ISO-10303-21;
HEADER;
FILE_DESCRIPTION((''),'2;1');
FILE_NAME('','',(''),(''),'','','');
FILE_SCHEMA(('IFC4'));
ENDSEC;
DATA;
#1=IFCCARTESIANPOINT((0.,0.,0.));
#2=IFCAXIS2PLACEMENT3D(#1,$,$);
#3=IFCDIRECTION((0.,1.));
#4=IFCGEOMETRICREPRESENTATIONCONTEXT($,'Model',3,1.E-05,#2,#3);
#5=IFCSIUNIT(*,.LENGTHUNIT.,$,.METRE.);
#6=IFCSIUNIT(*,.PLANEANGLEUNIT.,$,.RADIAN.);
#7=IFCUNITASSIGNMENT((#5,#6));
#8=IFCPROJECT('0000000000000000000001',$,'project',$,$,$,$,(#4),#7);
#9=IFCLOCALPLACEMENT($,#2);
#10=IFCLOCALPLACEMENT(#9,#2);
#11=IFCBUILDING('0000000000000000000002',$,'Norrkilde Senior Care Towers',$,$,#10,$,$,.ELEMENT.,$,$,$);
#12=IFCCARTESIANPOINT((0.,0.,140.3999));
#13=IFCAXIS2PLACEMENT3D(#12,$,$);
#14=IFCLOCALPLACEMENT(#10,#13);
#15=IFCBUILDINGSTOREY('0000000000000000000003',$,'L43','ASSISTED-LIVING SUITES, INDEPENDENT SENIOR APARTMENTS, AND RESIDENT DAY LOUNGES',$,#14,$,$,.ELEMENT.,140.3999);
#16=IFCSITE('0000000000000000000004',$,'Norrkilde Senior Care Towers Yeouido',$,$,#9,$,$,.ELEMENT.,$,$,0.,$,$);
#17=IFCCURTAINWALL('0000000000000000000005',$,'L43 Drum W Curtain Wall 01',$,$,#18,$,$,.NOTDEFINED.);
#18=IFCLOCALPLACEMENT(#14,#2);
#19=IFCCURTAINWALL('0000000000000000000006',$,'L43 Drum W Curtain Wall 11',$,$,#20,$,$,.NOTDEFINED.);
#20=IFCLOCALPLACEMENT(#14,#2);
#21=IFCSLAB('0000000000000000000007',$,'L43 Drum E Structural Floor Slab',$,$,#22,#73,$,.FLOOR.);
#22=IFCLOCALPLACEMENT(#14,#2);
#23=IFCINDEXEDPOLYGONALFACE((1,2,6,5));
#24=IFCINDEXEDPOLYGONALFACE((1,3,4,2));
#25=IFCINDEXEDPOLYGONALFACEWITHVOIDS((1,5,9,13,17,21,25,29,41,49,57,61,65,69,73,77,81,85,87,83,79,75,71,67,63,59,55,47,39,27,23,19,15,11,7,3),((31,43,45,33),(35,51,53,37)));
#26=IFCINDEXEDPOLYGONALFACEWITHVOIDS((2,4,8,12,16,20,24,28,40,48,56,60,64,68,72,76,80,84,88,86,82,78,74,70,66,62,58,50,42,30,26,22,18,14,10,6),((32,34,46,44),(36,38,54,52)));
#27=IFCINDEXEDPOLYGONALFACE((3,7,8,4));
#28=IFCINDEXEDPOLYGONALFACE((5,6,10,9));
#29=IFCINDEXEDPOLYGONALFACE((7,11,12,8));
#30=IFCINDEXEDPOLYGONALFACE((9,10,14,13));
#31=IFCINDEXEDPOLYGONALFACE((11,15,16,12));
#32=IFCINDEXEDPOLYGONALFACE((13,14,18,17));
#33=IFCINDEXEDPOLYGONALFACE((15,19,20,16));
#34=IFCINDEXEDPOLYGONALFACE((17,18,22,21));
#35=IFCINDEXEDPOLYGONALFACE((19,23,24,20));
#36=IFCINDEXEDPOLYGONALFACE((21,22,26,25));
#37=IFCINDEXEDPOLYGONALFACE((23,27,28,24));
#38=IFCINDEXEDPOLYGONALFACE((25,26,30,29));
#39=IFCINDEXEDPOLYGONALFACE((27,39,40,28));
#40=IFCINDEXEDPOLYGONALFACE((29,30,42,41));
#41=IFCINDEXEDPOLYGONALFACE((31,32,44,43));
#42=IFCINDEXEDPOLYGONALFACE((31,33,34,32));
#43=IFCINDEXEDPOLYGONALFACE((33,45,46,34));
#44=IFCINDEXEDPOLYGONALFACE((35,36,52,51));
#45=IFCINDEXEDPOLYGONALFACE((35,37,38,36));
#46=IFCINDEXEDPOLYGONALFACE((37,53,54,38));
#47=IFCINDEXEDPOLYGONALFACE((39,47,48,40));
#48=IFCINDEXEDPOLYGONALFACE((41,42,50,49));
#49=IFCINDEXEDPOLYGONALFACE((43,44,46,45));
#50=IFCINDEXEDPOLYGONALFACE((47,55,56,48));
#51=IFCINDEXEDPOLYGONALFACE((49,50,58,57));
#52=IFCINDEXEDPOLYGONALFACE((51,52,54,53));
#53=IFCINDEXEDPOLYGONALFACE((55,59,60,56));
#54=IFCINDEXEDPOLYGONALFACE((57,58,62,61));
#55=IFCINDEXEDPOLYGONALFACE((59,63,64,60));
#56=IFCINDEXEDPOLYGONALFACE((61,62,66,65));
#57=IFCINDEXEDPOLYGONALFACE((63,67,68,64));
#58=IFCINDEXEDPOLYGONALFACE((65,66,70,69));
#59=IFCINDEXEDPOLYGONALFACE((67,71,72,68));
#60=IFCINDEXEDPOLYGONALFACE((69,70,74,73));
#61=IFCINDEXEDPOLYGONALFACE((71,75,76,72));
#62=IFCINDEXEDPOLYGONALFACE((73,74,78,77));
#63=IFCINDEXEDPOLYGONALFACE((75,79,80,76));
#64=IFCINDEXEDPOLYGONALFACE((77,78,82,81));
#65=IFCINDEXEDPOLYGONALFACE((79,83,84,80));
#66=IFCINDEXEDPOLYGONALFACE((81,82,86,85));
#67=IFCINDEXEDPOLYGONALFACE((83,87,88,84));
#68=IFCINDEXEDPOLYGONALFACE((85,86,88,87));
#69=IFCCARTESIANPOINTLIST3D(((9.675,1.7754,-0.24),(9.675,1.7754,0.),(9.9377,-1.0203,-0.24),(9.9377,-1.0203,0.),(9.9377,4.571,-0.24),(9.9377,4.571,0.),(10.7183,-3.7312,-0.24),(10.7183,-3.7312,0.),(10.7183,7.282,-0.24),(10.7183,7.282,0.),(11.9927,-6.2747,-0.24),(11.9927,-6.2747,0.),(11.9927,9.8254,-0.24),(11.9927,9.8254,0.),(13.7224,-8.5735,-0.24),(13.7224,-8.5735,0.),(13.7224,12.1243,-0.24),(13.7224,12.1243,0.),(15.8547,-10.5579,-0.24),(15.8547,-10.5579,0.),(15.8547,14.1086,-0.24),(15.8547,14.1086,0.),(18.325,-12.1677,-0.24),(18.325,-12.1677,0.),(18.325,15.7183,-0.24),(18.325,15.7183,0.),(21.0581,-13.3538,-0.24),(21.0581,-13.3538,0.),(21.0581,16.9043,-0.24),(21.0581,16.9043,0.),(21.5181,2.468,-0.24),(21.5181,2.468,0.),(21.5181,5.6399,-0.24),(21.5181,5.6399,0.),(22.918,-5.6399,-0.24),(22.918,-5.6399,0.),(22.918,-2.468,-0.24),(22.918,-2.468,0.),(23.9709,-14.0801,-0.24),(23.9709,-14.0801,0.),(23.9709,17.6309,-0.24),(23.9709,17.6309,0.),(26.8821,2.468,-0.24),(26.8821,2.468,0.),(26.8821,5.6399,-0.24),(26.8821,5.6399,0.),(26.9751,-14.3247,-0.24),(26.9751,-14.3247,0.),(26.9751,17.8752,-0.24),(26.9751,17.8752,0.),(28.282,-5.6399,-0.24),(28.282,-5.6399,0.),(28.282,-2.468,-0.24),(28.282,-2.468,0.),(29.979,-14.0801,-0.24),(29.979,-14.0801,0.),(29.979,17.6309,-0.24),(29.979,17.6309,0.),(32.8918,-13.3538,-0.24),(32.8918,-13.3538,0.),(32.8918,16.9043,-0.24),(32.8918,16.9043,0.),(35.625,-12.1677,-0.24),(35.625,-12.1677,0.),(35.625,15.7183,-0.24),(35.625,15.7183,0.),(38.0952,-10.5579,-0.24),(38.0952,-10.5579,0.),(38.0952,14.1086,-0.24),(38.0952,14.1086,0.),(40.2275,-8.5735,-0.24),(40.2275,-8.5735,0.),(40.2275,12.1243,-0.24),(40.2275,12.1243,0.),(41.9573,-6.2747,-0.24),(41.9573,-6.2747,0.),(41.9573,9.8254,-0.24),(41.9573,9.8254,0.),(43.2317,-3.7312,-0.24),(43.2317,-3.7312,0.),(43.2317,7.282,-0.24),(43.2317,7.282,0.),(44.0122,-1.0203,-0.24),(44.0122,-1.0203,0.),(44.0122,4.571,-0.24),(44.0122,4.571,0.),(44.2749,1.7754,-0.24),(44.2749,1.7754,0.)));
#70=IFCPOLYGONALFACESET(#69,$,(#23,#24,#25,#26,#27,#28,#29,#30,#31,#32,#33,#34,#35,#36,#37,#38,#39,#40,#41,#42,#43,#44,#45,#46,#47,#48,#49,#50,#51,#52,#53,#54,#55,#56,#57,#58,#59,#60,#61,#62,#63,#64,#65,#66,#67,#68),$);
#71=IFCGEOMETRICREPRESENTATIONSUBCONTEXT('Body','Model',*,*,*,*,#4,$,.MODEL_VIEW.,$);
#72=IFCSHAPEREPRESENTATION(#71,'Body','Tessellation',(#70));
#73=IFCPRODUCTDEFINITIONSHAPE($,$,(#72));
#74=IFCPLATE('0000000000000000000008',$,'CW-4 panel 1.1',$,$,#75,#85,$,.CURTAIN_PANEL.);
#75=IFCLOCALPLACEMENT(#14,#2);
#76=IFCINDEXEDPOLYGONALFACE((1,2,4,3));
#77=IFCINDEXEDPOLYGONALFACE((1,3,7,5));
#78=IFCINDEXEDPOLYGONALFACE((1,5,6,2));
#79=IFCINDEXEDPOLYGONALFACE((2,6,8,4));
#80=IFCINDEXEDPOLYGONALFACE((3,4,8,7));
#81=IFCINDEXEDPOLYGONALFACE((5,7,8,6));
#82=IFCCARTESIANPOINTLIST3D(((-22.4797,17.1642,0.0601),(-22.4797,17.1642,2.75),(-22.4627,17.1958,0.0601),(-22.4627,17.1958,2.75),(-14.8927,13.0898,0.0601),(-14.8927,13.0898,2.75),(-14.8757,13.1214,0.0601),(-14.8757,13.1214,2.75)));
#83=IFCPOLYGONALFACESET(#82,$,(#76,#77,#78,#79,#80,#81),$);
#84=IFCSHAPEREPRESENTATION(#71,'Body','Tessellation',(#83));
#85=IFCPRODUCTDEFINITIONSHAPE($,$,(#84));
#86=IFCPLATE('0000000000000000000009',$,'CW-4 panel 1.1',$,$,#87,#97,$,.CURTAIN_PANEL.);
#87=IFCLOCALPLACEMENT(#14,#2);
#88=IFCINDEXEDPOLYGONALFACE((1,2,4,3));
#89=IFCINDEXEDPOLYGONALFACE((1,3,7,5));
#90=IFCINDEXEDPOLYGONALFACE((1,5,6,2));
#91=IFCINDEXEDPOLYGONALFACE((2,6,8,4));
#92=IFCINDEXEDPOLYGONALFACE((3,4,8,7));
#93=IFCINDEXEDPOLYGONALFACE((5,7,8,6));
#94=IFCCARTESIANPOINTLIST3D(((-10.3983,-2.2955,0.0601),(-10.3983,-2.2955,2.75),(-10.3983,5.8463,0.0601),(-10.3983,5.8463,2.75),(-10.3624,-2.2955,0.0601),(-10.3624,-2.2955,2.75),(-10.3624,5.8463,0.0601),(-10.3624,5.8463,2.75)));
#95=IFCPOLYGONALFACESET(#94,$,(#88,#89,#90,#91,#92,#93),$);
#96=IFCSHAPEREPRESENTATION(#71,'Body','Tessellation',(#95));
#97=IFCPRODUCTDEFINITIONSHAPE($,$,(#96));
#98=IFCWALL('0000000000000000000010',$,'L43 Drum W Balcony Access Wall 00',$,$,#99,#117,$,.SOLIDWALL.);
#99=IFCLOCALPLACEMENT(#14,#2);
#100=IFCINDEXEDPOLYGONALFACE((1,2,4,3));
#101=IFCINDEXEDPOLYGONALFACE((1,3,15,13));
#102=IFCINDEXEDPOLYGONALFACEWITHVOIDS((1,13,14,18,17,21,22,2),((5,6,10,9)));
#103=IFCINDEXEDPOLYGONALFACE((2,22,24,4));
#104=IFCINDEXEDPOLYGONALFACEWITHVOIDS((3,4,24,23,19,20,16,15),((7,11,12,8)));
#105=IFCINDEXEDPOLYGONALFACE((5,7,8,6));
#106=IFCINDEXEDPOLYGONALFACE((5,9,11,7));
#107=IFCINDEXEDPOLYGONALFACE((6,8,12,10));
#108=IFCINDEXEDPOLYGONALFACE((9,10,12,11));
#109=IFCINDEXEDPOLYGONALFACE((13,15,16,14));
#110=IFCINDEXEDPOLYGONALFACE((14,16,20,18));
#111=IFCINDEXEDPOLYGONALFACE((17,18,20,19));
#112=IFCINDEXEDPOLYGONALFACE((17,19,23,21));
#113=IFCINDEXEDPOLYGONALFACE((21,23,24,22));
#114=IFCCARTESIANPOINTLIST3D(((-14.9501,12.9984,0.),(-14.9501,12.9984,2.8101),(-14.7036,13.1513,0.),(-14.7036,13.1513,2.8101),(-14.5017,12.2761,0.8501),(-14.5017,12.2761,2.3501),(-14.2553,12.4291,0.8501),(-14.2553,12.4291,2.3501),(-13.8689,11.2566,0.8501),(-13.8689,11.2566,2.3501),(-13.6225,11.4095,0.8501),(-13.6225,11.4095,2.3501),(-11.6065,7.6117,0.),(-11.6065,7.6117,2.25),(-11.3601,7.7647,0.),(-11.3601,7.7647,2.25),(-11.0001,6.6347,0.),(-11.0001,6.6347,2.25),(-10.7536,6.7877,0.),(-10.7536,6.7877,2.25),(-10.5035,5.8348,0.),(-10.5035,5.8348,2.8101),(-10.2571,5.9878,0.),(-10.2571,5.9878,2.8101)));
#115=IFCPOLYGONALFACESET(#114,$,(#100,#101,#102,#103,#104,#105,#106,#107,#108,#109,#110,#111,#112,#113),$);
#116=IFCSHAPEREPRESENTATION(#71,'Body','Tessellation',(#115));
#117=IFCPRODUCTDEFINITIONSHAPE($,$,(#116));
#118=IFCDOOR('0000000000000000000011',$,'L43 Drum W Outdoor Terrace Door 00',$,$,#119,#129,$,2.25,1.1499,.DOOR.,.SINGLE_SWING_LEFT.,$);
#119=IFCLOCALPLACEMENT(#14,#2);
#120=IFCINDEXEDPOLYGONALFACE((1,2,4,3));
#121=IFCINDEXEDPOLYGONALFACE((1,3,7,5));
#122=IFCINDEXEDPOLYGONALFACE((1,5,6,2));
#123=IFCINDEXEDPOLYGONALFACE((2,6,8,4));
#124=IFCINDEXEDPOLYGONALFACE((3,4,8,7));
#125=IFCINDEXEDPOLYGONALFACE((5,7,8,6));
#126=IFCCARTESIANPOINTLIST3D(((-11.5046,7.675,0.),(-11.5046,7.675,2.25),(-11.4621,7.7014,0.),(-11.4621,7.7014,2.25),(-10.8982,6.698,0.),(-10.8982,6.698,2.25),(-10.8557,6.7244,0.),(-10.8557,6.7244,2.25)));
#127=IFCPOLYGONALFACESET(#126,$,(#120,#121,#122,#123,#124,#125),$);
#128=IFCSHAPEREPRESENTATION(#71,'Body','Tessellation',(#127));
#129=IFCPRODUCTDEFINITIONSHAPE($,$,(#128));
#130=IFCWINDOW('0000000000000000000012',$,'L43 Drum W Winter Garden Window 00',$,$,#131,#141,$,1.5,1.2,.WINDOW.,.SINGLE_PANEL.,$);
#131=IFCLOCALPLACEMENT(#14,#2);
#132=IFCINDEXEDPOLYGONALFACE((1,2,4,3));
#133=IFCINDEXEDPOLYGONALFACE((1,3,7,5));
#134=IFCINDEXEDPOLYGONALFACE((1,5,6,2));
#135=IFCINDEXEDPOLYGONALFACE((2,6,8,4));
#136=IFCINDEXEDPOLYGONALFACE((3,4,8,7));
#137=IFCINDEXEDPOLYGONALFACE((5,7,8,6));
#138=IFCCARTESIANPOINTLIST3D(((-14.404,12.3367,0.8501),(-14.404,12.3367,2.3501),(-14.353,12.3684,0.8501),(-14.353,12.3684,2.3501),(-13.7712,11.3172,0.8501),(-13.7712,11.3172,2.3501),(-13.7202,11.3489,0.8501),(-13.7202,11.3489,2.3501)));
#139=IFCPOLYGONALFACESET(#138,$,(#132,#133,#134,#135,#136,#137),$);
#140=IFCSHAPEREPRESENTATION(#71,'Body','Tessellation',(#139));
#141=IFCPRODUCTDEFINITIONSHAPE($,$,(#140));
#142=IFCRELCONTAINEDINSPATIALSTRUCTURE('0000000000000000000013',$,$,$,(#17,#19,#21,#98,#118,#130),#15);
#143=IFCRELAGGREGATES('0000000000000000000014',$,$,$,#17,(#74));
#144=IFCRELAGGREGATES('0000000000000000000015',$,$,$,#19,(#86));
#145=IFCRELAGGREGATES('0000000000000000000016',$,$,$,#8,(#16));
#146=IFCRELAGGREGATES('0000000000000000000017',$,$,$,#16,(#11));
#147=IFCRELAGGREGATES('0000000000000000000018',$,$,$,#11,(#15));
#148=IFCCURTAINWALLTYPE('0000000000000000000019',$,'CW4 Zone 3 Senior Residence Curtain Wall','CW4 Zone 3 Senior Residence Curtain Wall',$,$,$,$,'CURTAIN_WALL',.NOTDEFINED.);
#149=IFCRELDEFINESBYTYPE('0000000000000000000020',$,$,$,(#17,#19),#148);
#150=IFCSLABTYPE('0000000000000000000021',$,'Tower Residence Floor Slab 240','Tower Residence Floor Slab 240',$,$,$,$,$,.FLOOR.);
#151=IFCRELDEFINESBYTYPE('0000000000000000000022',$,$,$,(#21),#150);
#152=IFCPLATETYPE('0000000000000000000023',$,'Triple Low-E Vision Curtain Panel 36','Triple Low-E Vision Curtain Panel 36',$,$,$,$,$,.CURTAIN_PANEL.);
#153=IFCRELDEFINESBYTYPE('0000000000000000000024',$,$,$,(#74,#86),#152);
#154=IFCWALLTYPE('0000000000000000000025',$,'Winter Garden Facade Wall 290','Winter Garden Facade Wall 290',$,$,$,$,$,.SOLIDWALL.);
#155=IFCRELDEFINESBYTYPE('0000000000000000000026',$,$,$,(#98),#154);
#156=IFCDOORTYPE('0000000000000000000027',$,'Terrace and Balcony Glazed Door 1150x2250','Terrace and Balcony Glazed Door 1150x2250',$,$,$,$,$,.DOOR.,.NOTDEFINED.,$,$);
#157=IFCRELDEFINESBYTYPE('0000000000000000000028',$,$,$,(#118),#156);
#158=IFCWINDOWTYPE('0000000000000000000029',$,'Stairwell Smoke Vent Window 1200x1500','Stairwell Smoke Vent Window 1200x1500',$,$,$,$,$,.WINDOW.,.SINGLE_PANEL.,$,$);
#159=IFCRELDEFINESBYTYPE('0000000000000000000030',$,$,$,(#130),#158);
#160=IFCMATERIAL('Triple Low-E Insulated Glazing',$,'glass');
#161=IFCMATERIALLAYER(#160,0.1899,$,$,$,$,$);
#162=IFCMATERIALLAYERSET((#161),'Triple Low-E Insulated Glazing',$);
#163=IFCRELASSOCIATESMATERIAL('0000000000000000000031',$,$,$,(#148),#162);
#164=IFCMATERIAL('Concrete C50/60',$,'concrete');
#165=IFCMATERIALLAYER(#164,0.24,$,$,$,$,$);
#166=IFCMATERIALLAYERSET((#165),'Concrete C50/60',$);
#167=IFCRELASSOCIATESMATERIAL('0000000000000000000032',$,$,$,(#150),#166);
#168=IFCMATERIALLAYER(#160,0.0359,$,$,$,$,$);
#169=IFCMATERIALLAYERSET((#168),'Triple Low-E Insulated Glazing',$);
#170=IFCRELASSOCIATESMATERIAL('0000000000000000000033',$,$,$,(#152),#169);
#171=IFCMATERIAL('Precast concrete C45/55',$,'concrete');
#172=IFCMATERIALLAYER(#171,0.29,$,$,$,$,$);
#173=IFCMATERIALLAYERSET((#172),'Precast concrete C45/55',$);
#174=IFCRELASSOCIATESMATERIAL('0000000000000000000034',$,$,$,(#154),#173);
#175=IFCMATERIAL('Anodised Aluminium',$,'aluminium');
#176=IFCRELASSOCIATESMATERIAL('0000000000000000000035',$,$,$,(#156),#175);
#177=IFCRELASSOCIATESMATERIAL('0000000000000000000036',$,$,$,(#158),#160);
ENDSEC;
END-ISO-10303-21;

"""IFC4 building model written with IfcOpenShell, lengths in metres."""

from ifc_helpers import new_model, si_unit, direction, frame, frame_2d, origin, origin_2d, place, context, subcontext, project, spatial, polyline, rectangle, outline, extrude, source, transform, mapped, material, layer, layer_set, type_object, type_shapes, element, fill, aggregate, save


model = new_model("IFC4")

# Units and contexts
model_context = context("Model", 3, precision=1e-05, world=origin(), true_north=direction((0.0, 1.0)))
body_context = subcontext(model_context, "Body", "Model", "MODEL_VIEW")
ifc_project = project(units=[si_unit("LENGTHUNIT", "METRE"), si_unit("PLANEANGLEUNIT", "RADIAN")], contexts=[model_context])

# Site, building, storey
site_placement = place(None, origin())
site = spatial("IfcSite", under=ifc_project, at=site_placement, Name="Norrkilde Senior Care Towers Yeouido", CompositionType="ELEMENT", RefElevation=0.0)
building_placement = place(site_placement, origin())
building = spatial("IfcBuilding", under=site, at=building_placement, Name="Norrkilde Senior Care Towers", CompositionType="ELEMENT")
storey_placement = place(building_placement, frame((0.0, 0.0, 140.3999)))
storey = spatial("IfcBuildingStorey", under=building, at=storey_placement, Name="L43", Description="ASSISTED-LIVING SUITES, INDEPENDENT SENIOR APARTMENTS, AND RESIDENT DAY LOUNGES", CompositionType="ELEMENT", Elevation=140.3999)

# Shared definitions
ifc_material_1 = material(Name="Concrete C50/60", Category="concrete")

# Curtain wall
ifc_material_2 = material(Name="Triple Low-E Insulated Glazing", Category="glass")
ifc_layer_1 = layer(ifc_material_2, 0.1899)
ifc_layer_set_1 = layer_set([ifc_layer_1], Name="Triple Low-E Insulated Glazing")
curtain_wall_type = type_object("IfcCurtainWallType", Name="CW4 Zone 3 Senior Residence Curtain Wall", Description="CW4 Zone 3 Senior Residence Curtain Wall", ElementType="CURTAIN_WALL", PredefinedType="NOTDEFINED", material=ifc_layer_set_1)
curtain_wall_1_placement = place(storey_placement, origin())
curtain_wall_1 = element("IfcCurtainWall", 1, at=curtain_wall_1_placement, inside=storey, type_object=curtain_wall_type, Name="L43 Drum W Curtain Wall 01", PredefinedType="NOTDEFINED")
ifc_material_3 = material(Name="Anodised Aluminium", Category="aluminium")

# Curtain wall
curtain_wall_2_placement = place(storey_placement, origin())
curtain_wall_2 = element("IfcCurtainWall", 2, at=curtain_wall_2_placement, inside=storey, type_object=curtain_wall_type, Name="L43 Drum W Curtain Wall 11", PredefinedType="NOTDEFINED")

# Slab
ifc_layer_2 = layer(ifc_material_1, 0.24)
ifc_layer_set_2 = layer_set([ifc_layer_2], Name="Concrete C50/60")
slab_type_1 = type_object("IfcSlabType", Name="Tower Residence Floor Slab 240", Description="Tower Residence Floor Slab 240", PredefinedType="FLOOR", material=ifc_layer_set_2)
slab_1_placement = place(storey_placement, frame((0.0, 0.0, -0.24)))
element("IfcSlab", 3, at=slab_1_placement, inside=storey, type_object=slab_type_1, Name="L43 Drum E Structural Floor Slab", PredefinedType="FLOOR", context=body_context, shape_type="SweptSolid", body=[
    extrude(outline(polyline([(43.2317, -3.7312), (41.9573, -6.2747), (40.2275, -8.5735), (38.0952, -10.5579), (35.625, -12.1677), (32.8918, -13.3538), (29.979, -14.0801), (26.9751, -14.3247), (23.9709, -14.0801), (21.0581, -13.3538), (18.325, -12.1677), (15.8547, -10.5579), (13.7224, -8.5735), (11.9927, -6.2747), (10.7183, -3.7312), (9.9377, -1.0203), (9.675, 1.7754), (9.9377, 4.571), (10.7183, 7.282), (11.9927, 9.8254), (13.7224, 12.1243), (15.8547, 14.1086), (18.325, 15.7183), (21.0581, 16.9043), (23.9709, 17.6309), (26.9751, 17.8752), (29.979, 17.6309), (32.8918, 16.9043), (35.625, 15.7183), (38.0952, 14.1086), (40.2275, 12.1243), (41.9573, 9.8254), (43.2317, 7.282), (44.0122, 4.571), (44.2749, 1.7754), (44.0122, -1.0203), (43.2317, -3.7312)]), holes=[polyline([(21.5181, 2.468), (26.8821, 2.468), (26.8821, 5.6399), (21.5181, 5.6399), (21.5181, 2.468)]), polyline([(28.282, -5.6399), (28.282, -2.468), (22.918, -2.468), (22.918, -5.6399), (28.282, -5.6399)])]), origin(), (0.0, 0.0, 1.0), 0.24),
])

# Plates
ifc_layer_3 = layer(ifc_material_2, 0.0359)
ifc_layer_set_3 = layer_set([ifc_layer_3], Name="Triple Low-E Insulated Glazing")
plate_type = type_object("IfcPlateType", Name="Triple Low-E Vision Curtain Panel 36", Description="Triple Low-E Vision Curtain Panel 36", PredefinedType="CURTAIN_PANEL", material=ifc_layer_set_3)
shared_shape_1 = source(origin(), body_context, "Body", "SweptSolid", [
    extrude(rectangle(XDim=8.6118, YDim=0.0359, at=origin_2d()), origin(), (0.0, 0.0, 1.0), 2.6899),
])
plate_1_placement = place(storey_placement, frame((-18.6777, 15.1428, 0.0601), z_axis=(0.0, 0.0, 1.0), x_axis=(0.881, -0.473117, 0.0)))
plate_1 = element("IfcPlate", 4, at=plate_1_placement, type_object=plate_type, Name="CW-4 panel 1.1", PredefinedType="CURTAIN_PANEL", context=body_context, shape_type="MappedRepresentation", body=[
    mapped(shared_shape_1, transform((0.0, 0.0, 0.0), x_axis=(1.0, 0.0, 0.0), y_axis=(0.0, 1.0, 0.0), z_axis=(0.0, 0.0, 1.0), scale=1.0)),
])
aggregate(curtain_wall_1, [plate_1])
shared_shape_2 = source(origin(), body_context, "Body", "SweptSolid", [
    extrude(rectangle(XDim=8.1418, YDim=0.0359, at=origin_2d()), origin(), (0.0, 0.0, 1.0), 2.6899),
])
type_shapes(plate_type, [shared_shape_1, shared_shape_2])
plate_2_placement = place(storey_placement, frame((-10.3804, 1.7754, 0.0601), z_axis=(0.0, 0.0, 1.0), x_axis=(0.0, -1.0, 0.0)))
plate_2 = element("IfcPlate", 5, at=plate_2_placement, type_object=plate_type, Name="CW-4 panel 1.1", PredefinedType="CURTAIN_PANEL", context=body_context, shape_type="MappedRepresentation", body=[
    mapped(shared_shape_2, transform((0.0, 0.0, 0.0), x_axis=(1.0, 0.0, 0.0), y_axis=(0.0, 1.0, 0.0), z_axis=(0.0, 0.0, 1.0), scale=1.0)),
])
aggregate(curtain_wall_2, [plate_2])

# Wall, openings, door, window
ifc_material_4 = material(Name="Precast concrete C45/55", Category="concrete")
ifc_layer_4 = layer(ifc_material_4, 0.29)
ifc_layer_set_4 = layer_set([ifc_layer_4], Name="Precast concrete C45/55")
wall_type_1 = type_object("IfcWallType", Name="Winter Garden Facade Wall 290", Description="Winter Garden Facade Wall 290", PredefinedType="SOLIDWALL", material=ifc_layer_set_4)
shared_shape_3 = source(origin(), body_context, "Body", "SweptSolid", [
    extrude(rectangle(XDim=8.4314, YDim=0.29, at=frame_2d((4.2158, 0.0))), origin(), (0.0, 0.0, 1.0), 2.8101),
])
type_shapes(wall_type_1, [shared_shape_3])
wall_1_placement = place(storey_placement, frame((-14.8269, 13.075, 0.0), z_axis=(0.0, 0.0, 1.0), x_axis=(0.527378, -0.849631, 0.0)))
wall_1 = element("IfcWall", 6, at=wall_1_placement, inside=storey, type_object=wall_type_1, Name="L43 Drum W Balcony Access Wall 00", PredefinedType="SOLIDWALL", context=body_context, shape_type="MappedRepresentation", body=[
    mapped(shared_shape_3, transform((0.0, 0.0, 0.0), x_axis=(1.0, 0.0, 0.0), y_axis=(0.0, 1.0, 0.0), z_axis=(0.0, 0.0, 1.0), scale=1.0)),
])
opening_1_placement = place(wall_1_placement, frame((6.3401, 0.0, 0.0)))
opening_1 = element("IfcOpeningElement", 7, at=opening_1_placement, cuts=wall_1, PredefinedType="OPENING", context=body_context, shape_type="SweptSolid", body=[
    extrude(rectangle(XDim=1.1499, YDim=2.25, at=frame_2d((0.575, 1.125))), frame((0.0, 0.155, 0.0), z_axis=(0.0, -1.0, 0.0), x_axis=(1.0, 0.0, 0.0)), (0.0, 0.0, 1.0), 0.3101),
])
opening_2_placement = place(wall_1_placement, frame((0.8501, 0.0, 0.8501)))
opening_2 = element("IfcOpeningElement", 8, at=opening_2_placement, cuts=wall_1, PredefinedType="OPENING", context=body_context, shape_type="SweptSolid", body=[
    extrude(rectangle(XDim=1.2, YDim=1.5, at=frame_2d((0.6001, 0.75))), frame((0.0, 0.155, 0.0), z_axis=(0.0, -1.0, 0.0), x_axis=(1.0, 0.0, 0.0)), (0.0, 0.0, 1.0), 0.3101),
])
door_type_1 = type_object("IfcDoorType", Name="Terrace and Balcony Glazed Door 1150x2250", Description="Terrace and Balcony Glazed Door 1150x2250", OperationType="NOTDEFINED", PredefinedType="DOOR", material=ifc_material_3)
shared_shape_4 = source(origin(), body_context, "Body", "SweptSolid", [
    extrude(rectangle(XDim=1.1499, YDim=2.25, at=frame_2d((0.575, 1.125))), frame((0.0, 0.0249, 0.0), z_axis=(0.0, -1.0, 0.0), x_axis=(1.0, 0.0, 0.0)), (0.0, 0.0, 1.0), 0.05),
])
type_shapes(door_type_1, [shared_shape_4])
door_1_placement = place(opening_1_placement, origin())
door_1 = element("IfcDoor", 9, at=door_1_placement, inside=storey, type_object=door_type_1, Name="L43 Drum W Outdoor Terrace Door 00", OperationType="SINGLE_SWING_LEFT", OverallHeight=2.25, OverallWidth=1.1499, PredefinedType="DOOR", context=body_context, shape_type="MappedRepresentation", body=[
    mapped(shared_shape_4, transform((0.0, 0.0, 0.0), x_axis=(1.0, 0.0, 0.0), y_axis=(0.0, 1.0, 0.0), z_axis=(0.0, 0.0, 1.0), scale=1.0)),
])
fill(opening_1, door_1)
window_type = type_object("IfcWindowType", Name="Stairwell Smoke Vent Window 1200x1500", Description="Stairwell Smoke Vent Window 1200x1500", PartitioningType="SINGLE_PANEL", PredefinedType="WINDOW", material=ifc_material_2)
shared_shape_5 = source(origin(), body_context, "Body", "SweptSolid", [
    extrude(rectangle(XDim=1.2, YDim=1.5, at=frame_2d((0.6001, 0.75))), frame((0.0, 0.03, 0.0), z_axis=(0.0, -1.0, 0.0), x_axis=(1.0, 0.0, 0.0)), (0.0, 0.0, 1.0), 0.0601),
])
type_shapes(window_type, [shared_shape_5])
window_placement = place(opening_2_placement, origin())
window = element("IfcWindow", 10, at=window_placement, inside=storey, type_object=window_type, Name="L43 Drum W Winter Garden Window 00", OverallHeight=1.5, OverallWidth=1.2, PartitioningType="SINGLE_PANEL", PredefinedType="WINDOW", context=body_context, shape_type="MappedRepresentation", body=[
    mapped(shared_shape_5, transform((0.0, 0.0, 0.0), x_axis=(1.0, 0.0, 0.0), y_axis=(0.0, 1.0, 0.0), z_axis=(0.0, 0.0, 1.0), scale=1.0)),
])
fill(opening_2, window)

save(model, "model.ifc")
